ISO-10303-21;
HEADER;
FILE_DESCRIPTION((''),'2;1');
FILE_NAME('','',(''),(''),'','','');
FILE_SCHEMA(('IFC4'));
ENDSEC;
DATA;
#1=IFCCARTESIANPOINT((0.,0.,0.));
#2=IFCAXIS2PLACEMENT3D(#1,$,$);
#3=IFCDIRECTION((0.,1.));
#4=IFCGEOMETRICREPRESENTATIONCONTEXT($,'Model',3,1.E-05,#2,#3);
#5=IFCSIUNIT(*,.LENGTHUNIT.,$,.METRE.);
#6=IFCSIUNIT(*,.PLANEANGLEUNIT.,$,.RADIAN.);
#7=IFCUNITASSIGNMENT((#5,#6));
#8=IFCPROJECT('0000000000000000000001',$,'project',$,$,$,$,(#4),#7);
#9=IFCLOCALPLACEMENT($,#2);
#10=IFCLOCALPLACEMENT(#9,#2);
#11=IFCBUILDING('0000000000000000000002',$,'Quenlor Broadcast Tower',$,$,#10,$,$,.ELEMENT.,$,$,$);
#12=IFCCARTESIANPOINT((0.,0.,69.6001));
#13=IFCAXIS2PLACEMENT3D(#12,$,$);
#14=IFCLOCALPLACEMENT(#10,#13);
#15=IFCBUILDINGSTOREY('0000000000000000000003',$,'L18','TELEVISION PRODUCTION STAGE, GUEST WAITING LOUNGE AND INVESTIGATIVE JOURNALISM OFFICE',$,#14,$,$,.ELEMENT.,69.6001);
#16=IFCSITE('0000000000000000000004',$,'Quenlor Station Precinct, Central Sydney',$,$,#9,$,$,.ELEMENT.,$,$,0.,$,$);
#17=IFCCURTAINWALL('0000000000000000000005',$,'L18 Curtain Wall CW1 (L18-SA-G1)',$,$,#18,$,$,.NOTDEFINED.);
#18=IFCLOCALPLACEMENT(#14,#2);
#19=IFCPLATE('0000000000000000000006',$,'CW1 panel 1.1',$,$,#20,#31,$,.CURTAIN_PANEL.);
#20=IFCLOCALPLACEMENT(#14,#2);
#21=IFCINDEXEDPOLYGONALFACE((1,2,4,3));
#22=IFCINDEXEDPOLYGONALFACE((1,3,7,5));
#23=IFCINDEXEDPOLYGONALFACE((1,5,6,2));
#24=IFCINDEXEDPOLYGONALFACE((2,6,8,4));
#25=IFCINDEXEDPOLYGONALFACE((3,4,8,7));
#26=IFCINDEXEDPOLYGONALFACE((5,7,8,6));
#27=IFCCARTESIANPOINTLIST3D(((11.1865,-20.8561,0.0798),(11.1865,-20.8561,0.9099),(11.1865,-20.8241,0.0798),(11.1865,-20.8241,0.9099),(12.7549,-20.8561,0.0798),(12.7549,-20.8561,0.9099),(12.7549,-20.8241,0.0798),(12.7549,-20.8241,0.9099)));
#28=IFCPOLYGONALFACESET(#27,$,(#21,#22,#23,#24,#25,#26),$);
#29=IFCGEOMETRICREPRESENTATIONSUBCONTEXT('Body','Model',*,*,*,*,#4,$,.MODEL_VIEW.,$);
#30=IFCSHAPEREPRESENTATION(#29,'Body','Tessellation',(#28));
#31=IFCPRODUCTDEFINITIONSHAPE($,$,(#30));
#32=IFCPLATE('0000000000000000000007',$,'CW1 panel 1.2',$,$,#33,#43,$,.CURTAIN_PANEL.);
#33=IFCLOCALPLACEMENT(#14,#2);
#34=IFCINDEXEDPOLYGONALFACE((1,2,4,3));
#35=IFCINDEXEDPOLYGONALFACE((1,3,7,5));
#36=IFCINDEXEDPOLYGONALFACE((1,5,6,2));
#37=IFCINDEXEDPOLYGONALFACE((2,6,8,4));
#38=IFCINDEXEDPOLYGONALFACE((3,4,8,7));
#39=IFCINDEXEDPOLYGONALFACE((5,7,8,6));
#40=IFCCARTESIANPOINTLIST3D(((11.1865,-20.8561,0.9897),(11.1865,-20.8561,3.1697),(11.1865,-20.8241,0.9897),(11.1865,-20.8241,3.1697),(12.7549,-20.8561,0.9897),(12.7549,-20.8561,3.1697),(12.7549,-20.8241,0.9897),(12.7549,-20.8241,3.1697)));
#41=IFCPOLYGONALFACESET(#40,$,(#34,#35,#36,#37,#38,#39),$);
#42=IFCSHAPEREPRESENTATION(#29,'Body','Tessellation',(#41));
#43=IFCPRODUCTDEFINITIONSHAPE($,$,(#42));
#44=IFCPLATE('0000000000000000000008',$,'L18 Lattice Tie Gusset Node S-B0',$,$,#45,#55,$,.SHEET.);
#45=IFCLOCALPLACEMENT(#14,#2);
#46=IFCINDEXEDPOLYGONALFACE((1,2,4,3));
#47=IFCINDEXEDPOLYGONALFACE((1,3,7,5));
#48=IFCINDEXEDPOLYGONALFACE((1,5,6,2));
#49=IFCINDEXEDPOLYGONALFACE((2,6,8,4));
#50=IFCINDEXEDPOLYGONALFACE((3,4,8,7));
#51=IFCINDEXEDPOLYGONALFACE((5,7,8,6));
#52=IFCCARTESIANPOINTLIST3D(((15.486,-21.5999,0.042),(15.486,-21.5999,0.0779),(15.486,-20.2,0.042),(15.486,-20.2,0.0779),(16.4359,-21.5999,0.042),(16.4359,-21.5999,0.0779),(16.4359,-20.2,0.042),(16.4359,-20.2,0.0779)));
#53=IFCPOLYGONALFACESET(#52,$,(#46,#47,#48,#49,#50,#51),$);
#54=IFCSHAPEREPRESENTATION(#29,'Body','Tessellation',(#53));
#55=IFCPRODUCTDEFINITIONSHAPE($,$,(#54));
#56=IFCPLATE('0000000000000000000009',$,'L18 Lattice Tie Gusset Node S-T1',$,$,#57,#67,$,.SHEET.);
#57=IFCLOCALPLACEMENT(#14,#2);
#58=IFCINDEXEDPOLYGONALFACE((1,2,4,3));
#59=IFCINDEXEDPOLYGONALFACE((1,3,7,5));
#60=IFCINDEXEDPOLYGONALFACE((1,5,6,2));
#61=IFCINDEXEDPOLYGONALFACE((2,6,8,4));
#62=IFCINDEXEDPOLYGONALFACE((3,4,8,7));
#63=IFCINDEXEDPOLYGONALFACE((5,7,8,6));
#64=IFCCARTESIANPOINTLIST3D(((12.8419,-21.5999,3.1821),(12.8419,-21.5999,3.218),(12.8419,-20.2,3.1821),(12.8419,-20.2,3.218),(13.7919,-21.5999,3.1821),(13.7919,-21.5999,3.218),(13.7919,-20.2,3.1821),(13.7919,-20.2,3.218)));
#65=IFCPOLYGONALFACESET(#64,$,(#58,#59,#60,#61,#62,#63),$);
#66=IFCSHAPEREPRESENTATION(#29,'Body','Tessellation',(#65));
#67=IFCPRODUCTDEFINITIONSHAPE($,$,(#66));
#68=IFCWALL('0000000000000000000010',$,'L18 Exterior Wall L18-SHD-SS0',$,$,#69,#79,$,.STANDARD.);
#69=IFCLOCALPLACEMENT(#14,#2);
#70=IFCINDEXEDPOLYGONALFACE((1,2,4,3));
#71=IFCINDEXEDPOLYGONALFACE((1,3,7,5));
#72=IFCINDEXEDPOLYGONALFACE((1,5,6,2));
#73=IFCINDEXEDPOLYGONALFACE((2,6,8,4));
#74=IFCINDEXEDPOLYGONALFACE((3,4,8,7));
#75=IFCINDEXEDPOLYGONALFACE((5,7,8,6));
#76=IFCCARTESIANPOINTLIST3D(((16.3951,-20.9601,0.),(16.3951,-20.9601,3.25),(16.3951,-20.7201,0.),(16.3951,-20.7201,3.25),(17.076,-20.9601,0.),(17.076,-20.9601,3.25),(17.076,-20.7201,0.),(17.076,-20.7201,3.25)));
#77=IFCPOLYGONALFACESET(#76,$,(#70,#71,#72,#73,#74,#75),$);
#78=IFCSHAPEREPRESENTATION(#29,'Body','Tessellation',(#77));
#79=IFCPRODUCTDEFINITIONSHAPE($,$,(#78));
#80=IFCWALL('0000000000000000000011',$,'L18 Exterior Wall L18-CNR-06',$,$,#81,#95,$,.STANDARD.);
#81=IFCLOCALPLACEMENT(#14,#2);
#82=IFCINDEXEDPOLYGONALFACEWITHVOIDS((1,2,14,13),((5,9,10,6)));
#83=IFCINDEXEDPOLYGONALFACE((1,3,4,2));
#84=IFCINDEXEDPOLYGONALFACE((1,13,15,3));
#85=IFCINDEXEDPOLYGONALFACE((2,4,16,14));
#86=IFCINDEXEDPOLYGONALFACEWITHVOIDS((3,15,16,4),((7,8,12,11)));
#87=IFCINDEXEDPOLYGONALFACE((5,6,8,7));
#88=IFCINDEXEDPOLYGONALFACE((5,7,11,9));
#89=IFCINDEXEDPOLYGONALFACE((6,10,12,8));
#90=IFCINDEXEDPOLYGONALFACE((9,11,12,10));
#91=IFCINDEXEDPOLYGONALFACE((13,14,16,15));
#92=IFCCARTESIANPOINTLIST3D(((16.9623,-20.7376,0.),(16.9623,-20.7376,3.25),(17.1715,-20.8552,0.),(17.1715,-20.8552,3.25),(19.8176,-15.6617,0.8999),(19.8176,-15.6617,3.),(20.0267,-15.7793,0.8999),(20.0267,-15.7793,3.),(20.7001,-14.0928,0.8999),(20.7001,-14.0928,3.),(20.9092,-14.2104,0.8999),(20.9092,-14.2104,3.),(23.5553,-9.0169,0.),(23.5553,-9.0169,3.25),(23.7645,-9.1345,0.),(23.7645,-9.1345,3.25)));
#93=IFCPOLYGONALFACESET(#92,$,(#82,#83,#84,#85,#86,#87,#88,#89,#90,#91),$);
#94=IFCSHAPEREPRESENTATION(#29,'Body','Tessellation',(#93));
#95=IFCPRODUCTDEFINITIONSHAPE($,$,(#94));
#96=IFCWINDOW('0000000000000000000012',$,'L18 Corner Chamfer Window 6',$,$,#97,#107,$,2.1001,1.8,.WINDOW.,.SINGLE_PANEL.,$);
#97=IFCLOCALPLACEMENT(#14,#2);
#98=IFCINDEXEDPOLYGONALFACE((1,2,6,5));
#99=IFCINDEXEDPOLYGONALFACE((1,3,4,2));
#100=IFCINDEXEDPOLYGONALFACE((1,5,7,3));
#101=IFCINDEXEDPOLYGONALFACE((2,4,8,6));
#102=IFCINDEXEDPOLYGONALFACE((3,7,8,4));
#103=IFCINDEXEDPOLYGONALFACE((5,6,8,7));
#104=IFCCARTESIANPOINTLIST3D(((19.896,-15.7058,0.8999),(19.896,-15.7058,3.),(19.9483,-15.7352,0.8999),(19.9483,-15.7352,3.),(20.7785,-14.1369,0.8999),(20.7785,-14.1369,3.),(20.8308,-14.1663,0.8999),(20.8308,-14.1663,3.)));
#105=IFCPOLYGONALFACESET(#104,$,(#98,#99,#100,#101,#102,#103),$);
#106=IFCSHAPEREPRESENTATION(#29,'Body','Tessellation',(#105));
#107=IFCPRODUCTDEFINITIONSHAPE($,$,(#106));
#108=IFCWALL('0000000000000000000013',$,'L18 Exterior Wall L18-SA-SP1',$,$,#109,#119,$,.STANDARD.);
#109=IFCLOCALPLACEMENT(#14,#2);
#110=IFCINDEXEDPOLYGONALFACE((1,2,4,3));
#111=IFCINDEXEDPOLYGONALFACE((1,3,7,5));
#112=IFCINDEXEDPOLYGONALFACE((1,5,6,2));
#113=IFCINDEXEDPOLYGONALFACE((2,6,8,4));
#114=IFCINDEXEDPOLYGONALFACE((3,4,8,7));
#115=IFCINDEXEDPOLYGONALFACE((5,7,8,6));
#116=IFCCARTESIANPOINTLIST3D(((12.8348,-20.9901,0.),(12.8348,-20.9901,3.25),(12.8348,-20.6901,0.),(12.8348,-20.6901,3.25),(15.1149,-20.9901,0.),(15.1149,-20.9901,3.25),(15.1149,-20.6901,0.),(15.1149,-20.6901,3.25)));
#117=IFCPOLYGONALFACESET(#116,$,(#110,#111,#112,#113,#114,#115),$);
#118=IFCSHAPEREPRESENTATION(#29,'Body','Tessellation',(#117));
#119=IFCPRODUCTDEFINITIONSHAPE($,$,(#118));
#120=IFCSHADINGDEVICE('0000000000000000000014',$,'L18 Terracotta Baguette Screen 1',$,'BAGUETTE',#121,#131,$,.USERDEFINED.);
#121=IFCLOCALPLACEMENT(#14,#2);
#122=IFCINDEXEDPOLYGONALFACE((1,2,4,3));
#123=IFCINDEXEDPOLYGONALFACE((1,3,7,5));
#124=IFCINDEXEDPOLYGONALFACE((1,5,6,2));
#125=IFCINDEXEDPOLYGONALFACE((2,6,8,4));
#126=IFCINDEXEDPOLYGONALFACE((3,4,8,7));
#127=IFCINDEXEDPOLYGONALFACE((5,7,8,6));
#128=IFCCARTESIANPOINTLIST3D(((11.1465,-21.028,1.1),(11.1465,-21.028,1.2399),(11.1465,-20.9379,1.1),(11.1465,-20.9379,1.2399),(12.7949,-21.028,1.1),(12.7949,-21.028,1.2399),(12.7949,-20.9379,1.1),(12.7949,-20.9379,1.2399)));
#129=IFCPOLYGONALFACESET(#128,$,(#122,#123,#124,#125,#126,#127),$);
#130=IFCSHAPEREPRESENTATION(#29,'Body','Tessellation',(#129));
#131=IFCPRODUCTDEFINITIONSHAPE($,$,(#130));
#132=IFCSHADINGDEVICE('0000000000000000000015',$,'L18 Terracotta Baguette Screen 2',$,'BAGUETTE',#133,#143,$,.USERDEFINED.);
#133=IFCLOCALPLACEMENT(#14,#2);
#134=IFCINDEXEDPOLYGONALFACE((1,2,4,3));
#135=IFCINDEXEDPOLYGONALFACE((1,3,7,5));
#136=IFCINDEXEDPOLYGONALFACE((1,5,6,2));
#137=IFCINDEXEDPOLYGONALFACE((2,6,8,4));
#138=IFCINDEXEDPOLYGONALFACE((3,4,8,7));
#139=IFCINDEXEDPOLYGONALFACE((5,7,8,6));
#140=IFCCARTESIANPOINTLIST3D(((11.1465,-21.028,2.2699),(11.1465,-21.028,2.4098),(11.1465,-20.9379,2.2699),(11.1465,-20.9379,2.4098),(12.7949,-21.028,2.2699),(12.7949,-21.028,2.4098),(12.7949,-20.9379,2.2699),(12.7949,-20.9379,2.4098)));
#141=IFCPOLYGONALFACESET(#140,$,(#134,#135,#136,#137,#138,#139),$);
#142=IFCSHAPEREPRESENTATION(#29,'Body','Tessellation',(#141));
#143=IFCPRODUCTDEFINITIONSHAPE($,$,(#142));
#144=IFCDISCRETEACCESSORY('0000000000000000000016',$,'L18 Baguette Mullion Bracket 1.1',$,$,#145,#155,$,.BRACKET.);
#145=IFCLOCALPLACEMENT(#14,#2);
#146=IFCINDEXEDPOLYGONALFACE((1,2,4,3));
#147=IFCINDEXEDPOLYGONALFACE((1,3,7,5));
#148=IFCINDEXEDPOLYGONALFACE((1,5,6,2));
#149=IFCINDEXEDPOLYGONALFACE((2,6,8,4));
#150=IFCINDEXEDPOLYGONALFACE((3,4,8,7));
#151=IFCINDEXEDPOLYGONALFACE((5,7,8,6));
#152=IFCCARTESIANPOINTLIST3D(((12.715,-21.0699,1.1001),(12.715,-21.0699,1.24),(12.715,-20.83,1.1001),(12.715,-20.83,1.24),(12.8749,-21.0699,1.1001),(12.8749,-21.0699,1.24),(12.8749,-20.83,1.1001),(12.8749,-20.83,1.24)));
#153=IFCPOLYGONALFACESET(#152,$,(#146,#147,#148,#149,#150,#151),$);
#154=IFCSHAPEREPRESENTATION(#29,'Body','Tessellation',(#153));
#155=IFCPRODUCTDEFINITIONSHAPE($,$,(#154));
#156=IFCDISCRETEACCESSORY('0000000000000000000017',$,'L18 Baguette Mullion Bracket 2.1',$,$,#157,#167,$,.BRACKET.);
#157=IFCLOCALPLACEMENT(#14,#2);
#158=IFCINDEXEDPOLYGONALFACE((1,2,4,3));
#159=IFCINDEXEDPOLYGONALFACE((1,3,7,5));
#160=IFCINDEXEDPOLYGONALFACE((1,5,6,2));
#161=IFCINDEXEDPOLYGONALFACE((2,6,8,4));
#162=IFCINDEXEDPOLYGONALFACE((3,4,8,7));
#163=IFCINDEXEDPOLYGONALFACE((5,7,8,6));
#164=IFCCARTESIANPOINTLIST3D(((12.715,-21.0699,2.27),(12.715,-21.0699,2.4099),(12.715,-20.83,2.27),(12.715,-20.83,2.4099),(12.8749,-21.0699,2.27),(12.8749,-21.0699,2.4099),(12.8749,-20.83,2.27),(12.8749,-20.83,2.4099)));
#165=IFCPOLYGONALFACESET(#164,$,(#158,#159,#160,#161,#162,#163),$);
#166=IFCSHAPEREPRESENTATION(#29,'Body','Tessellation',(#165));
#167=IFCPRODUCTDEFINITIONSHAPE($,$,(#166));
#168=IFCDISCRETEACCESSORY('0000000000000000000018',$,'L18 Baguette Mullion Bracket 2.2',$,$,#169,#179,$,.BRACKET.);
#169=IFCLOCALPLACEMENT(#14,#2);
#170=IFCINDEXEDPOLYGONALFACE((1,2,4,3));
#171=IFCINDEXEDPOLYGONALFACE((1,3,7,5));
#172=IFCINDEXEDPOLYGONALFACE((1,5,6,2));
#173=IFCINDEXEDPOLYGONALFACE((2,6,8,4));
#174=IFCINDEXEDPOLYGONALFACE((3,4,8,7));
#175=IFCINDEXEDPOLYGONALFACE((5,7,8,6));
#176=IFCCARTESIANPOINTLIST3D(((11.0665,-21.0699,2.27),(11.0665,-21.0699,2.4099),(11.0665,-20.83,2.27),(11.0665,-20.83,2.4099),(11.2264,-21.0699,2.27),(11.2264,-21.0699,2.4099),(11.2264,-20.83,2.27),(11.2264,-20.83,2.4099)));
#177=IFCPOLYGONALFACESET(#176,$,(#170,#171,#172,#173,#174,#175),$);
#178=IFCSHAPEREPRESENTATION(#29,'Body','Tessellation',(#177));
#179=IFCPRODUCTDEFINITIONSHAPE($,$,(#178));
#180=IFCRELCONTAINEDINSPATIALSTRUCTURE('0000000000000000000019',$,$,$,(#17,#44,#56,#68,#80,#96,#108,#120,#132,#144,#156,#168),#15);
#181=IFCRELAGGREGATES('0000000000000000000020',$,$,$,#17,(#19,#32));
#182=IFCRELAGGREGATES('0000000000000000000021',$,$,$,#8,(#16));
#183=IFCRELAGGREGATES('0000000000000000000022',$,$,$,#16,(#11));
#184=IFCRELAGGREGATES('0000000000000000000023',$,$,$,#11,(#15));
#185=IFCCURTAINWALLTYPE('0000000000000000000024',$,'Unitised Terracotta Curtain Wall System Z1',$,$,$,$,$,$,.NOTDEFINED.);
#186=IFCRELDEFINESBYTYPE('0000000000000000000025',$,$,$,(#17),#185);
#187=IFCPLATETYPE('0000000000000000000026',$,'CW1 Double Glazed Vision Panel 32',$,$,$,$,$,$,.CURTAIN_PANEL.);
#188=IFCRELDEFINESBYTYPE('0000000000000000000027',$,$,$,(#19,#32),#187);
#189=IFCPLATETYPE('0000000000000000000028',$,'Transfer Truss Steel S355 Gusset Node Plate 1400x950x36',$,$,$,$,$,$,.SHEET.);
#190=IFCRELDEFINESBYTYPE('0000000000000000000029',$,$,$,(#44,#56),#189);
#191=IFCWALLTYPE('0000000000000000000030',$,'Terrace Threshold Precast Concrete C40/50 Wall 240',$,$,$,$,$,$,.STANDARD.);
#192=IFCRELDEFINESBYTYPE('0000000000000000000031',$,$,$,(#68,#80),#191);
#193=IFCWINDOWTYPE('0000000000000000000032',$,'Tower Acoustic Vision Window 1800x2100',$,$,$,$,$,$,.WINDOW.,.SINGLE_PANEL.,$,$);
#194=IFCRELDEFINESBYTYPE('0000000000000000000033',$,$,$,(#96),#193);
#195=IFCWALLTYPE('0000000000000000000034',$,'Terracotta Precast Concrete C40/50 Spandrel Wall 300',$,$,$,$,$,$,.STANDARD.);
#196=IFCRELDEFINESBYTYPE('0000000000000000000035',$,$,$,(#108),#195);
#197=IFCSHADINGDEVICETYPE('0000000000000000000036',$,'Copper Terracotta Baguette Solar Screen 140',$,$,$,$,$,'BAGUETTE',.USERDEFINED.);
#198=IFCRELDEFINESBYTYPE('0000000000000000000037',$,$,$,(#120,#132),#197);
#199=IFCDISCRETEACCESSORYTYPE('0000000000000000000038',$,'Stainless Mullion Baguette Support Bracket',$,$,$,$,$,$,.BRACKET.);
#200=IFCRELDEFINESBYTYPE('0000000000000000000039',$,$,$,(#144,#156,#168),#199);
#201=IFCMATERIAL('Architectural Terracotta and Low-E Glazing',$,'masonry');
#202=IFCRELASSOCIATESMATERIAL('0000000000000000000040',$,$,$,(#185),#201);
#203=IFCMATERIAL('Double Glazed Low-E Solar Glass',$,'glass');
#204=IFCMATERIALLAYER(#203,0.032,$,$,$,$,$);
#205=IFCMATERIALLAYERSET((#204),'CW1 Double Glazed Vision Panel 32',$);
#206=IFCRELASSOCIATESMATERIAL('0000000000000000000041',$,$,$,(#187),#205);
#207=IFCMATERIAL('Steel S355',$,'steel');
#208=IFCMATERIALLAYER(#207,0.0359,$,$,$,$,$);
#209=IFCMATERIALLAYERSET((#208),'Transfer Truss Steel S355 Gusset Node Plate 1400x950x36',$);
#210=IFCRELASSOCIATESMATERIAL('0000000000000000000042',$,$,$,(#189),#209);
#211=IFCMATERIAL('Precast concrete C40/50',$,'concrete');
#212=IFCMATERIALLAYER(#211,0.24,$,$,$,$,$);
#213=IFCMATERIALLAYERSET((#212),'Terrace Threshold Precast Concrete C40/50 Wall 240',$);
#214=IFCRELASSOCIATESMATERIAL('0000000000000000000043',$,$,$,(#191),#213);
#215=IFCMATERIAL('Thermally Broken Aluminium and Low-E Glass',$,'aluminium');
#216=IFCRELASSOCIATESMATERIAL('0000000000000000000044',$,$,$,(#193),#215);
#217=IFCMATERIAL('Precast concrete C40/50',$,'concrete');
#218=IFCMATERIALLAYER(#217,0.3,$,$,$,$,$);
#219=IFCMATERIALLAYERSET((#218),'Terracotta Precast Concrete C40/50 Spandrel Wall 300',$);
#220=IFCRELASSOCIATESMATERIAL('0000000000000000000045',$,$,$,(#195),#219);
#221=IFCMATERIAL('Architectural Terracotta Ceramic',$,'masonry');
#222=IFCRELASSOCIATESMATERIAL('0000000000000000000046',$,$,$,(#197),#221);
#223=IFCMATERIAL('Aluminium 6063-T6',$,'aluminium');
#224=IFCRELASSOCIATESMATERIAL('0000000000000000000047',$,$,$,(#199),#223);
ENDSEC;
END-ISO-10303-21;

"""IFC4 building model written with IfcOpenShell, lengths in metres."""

from ifc_helpers import new_model, si_unit, direction, frame, frame_2d, origin, origin_2d, place, context, subcontext, project, spatial, rectangle, extrude, material, layer, layer_set, material_profile, profile_set, type_object, element, fill, aggregate, save


model = new_model("IFC4")

# Units and contexts
model_context = context("Model", 3, precision=1e-05, world=origin(), true_north=direction((0.0, 1.0)))
body_context = subcontext(model_context, "Body", "Model", "MODEL_VIEW")
ifc_project = project(units=[si_unit("LENGTHUNIT", "METRE"), si_unit("PLANEANGLEUNIT", "RADIAN")], contexts=[model_context])

# Site, building, storey
site_placement = place(None, origin())
site = spatial("IfcSite", under=ifc_project, at=site_placement, Name="Quenlor Station Precinct, Central Sydney", CompositionType="ELEMENT", RefElevation=0.0)
building_placement = place(site_placement, origin())
building = spatial("IfcBuilding", under=site, at=building_placement, Name="Quenlor Broadcast Tower", CompositionType="ELEMENT")
storey_placement = place(building_placement, frame((0.0, 0.0, 69.6001)))
storey = spatial("IfcBuildingStorey", under=building, at=storey_placement, Name="L18", Description="TELEVISION PRODUCTION STAGE, GUEST WAITING LOUNGE AND INVESTIGATIVE JOURNALISM OFFICE", CompositionType="ELEMENT", Elevation=69.6001)

# Curtain wall
ifc_material_1 = material(Name="Architectural Terracotta and Low-E Glazing", Category="masonry")
curtain_wall_type = type_object("IfcCurtainWallType", Name="Unitised Terracotta Curtain Wall System Z1", PredefinedType="NOTDEFINED", material=ifc_material_1)
curtain_wall_placement = place(storey_placement, origin())
curtain_wall = element("IfcCurtainWall", 1, at=curtain_wall_placement, inside=storey, type_object=curtain_wall_type, Name="L18 Curtain Wall CW1 (L18-SA-G1)", PredefinedType="NOTDEFINED")

# Plates
ifc_material_2 = material(Name="Double Glazed Low-E Solar Glass", Category="glass")
ifc_layer_1 = layer(ifc_material_2, 0.032)
ifc_layer_set_1 = layer_set([ifc_layer_1], Name="CW1 Double Glazed Vision Panel 32")
plate_type_1 = type_object("IfcPlateType", Name="CW1 Double Glazed Vision Panel 32", PredefinedType="CURTAIN_PANEL", material=ifc_layer_set_1)
plate_1_placement = place(storey_placement, frame((11.9707, -20.8401, 0.0798), z_axis=(0.0, 0.0, 1.0), x_axis=(-1.0, 0.0, 0.0)))
plate_1 = element("IfcPlate", 2, at=plate_1_placement, type_object=plate_type_1, Name="CW1 panel 1.1", PredefinedType="CURTAIN_PANEL", context=body_context, shape_type="SweptSolid", body=[
    extrude(rectangle(XDim=1.5684, YDim=0.032, at=origin_2d()), origin(), (0.0, 0.0, 1.0), 0.8301),
])
plate_2_placement = place(storey_placement, frame((11.9707, -20.8401, 0.9897), z_axis=(0.0, 0.0, 1.0), x_axis=(-1.0, 0.0, 0.0)))
plate_2 = element("IfcPlate", 3, at=plate_2_placement, type_object=plate_type_1, Name="CW1 panel 1.2", PredefinedType="CURTAIN_PANEL", context=body_context, shape_type="SweptSolid", body=[
    extrude(rectangle(XDim=1.5684, YDim=0.032, at=origin_2d()), origin(), (0.0, 0.0, 1.0), 2.1799),
])
aggregate(curtain_wall, [plate_1, plate_2])

# Plates
ifc_material_3 = material(Name="Steel S355", Category="steel")
ifc_layer_2 = layer(ifc_material_3, 0.0359)
ifc_layer_set_2 = layer_set([ifc_layer_2], Name="Transfer Truss Steel S355 Gusset Node Plate 1400x950x36")
plate_type_2 = type_object("IfcPlateType", Name="Transfer Truss Steel S355 Gusset Node Plate 1400x950x36", PredefinedType="SHEET", material=ifc_layer_set_2)
for number, where, z_axis, x_axis, name in (
    (4, (15.9609, -20.8999, 0.042), (0.0, 0.0, 1.0), (0.0, -1.0, 0.0), "L18 Lattice Tie Gusset Node S-B0"),
    (5, (13.3169, -20.8999, 3.1821), (0.0, 0.0, 1.0), (0.0, -1.0, 0.0), "L18 Lattice Tie Gusset Node S-T1"),
):
    element("IfcPlate", number, at=place(storey_placement, frame(where, z_axis=z_axis, x_axis=x_axis)), inside=storey, type_object=plate_type_2, Name=name, PredefinedType="SHEET", context=body_context, shape_type="SweptSolid", body=[
        extrude(rectangle(XDim=1.3999, YDim=0.95, at=origin_2d()), origin(), (0.0, 0.0, 1.0), 0.0359),
    ])

# Wall
ifc_material_4 = material(Name="Precast concrete C40/50", Category="concrete")
ifc_layer_3 = layer(ifc_material_4, 0.24)
ifc_layer_set_3 = layer_set([ifc_layer_3], Name="Terrace Threshold Precast Concrete C40/50 Wall 240")
wall_type_1 = type_object("IfcWallType", Name="Terrace Threshold Precast Concrete C40/50 Wall 240", PredefinedType="STANDARD", material=ifc_layer_set_3)
wall_1_placement = place(storey_placement, frame((17.0759, -20.8401, 0.0), z_axis=(0.0, 0.0, 1.0), x_axis=(-1.0, 0.0, 0.0)))
element("IfcWall", 6, at=wall_1_placement, inside=storey, type_object=wall_type_1, Name="L18 Exterior Wall L18-SHD-SS0", PredefinedType="STANDARD", context=body_context, shape_type="SweptSolid", body=[
    extrude(rectangle(XDim=0.6809, YDim=0.24, at=frame_2d((0.3403, 0.0))), origin(), (0.0, 0.0, 1.0), 3.25),
])

# Wall, opening, window
wall_2_placement = place(storey_placement, frame((17.0669, -20.7964, 0.0), z_axis=(0.0, 0.0, 1.0), x_axis=(0.490268, 0.871572, 0.0)))
wall_2 = element("IfcWall", 7, at=wall_2_placement, inside=storey, type_object=wall_type_1, Name="L18 Exterior Wall L18-CNR-06", PredefinedType="STANDARD", context=body_context, shape_type="SweptSolid", body=[
    extrude(rectangle(XDim=13.4478, YDim=0.24, at=frame_2d((6.7239, 0.0))), origin(), (0.0, 0.0, 1.0), 3.25),
])
opening_placement = place(wall_2_placement, frame((5.824, 0.0, 0.8999)))
opening = element("IfcOpeningElement", 8, at=opening_placement, cuts=wall_2, PredefinedType="OPENING", context=body_context, shape_type="SweptSolid", body=[
    extrude(rectangle(XDim=1.8, YDim=2.1001, at=frame_2d((0.8999, 1.05))), frame((0.0, 0.1299, 0.0), z_axis=(0.0, -1.0, 0.0), x_axis=(1.0, 0.0, 0.0)), (0.0, 0.0, 1.0), 0.26),
])
ifc_material_5 = material(Name="Thermally Broken Aluminium and Low-E Glass", Category="aluminium")
window_type = type_object("IfcWindowType", Name="Tower Acoustic Vision Window 1800x2100", PartitioningType="SINGLE_PANEL", PredefinedType="WINDOW", material=ifc_material_5)
window_placement = place(opening_placement, origin())
window = element("IfcWindow", 9, at=window_placement, inside=storey, type_object=window_type, Name="L18 Corner Chamfer Window 6", OverallHeight=2.1001, OverallWidth=1.8, PartitioningType="SINGLE_PANEL", PredefinedType="WINDOW", context=body_context, shape_type="SweptSolid", body=[
    extrude(rectangle(XDim=1.8, YDim=2.1001, at=frame_2d((0.8999, 1.05))), frame((0.0, 0.03, 0.0), z_axis=(0.0, -1.0, 0.0), x_axis=(1.0, 0.0, 0.0)), (0.0, 0.0, 1.0), 0.0601),
])
fill(opening, window)

# Wall
ifc_material_6 = material(Name="Precast concrete C40/50", Category="concrete")
ifc_layer_4 = layer(ifc_material_6, 0.3)
ifc_layer_set_4 = layer_set([ifc_layer_4], Name="Terracotta Precast Concrete C40/50 Spandrel Wall 300")
wall_type_2 = type_object("IfcWallType", Name="Terracotta Precast Concrete C40/50 Spandrel Wall 300", PredefinedType="STANDARD", material=ifc_layer_set_4)
wall_3_placement = place(storey_placement, frame((15.115, -20.8401, 0.0), z_axis=(0.0, 0.0, 1.0), x_axis=(-1.0, 0.0, 0.0)))
element("IfcWall", 10, at=wall_3_placement, inside=storey, type_object=wall_type_2, Name="L18 Exterior Wall L18-SA-SP1", PredefinedType="STANDARD", context=body_context, shape_type="SweptSolid", body=[
    extrude(rectangle(XDim=2.28, YDim=0.3, at=frame_2d((1.1401, 0.0))), origin(), (0.0, 0.0, 1.0), 3.25),
])

# Shading devices
ifc_material_7 = material(Name="Architectural Terracotta Ceramic", Category="masonry")
ifc_material_profile_1 = material_profile(ifc_material_7, rectangle(XDim=0.0901, YDim=0.1399, at=origin_2d()))
ifc_profile_set_1 = profile_set([ifc_material_profile_1], Name="Architectural Terracotta Ceramic BAG90x140")
shading_device_type = type_object("IfcShadingDeviceType", Name="Copper Terracotta Baguette Solar Screen 140", ElementType="BAGUETTE", PredefinedType="USERDEFINED", material=ifc_profile_set_1)
for number, where, z_axis, x_axis, name in (
    (11, (12.7949, -20.9829, 1.1699), (-1.0, 0.0, 0.0), (0.0, -1.0, 0.0), "L18 Terracotta Baguette Screen 1"),
    (12, (12.7949, -20.9829, 2.3398), (-1.0, 0.0, 0.0), (0.0, -1.0, 0.0), "L18 Terracotta Baguette Screen 2"),
):
    element("IfcShadingDevice", number, at=place(storey_placement, frame(where, z_axis=z_axis, x_axis=x_axis)), inside=storey, type_object=shading_device_type, Name=name, ObjectType="BAGUETTE", PredefinedType="USERDEFINED", context=body_context, shape_type="SweptSolid", body=[
        extrude(rectangle(XDim=0.0901, YDim=0.1399, at=origin_2d()), origin(), (0.0, 0.0, 1.0), 1.6484),
    ])

# Discrete accessories
ifc_material_8 = material(Name="Aluminium 6063-T6", Category="aluminium")
discrete_accessory_type = type_object("IfcDiscreteAccessoryType", Name="Stainless Mullion Baguette Support Bracket", PredefinedType="BRACKET", material=ifc_material_8)
for number, where, z_axis, x_axis, name in (
    (13, (12.7949, -20.95, 1.1001), (0.0, 0.0, 1.0), (-1.0, 0.0, 0.0), "L18 Baguette Mullion Bracket 1.1"),
    (14, (12.7949, -20.95, 2.27), (0.0, 0.0, 1.0), (-1.0, 0.0, 0.0), "L18 Baguette Mullion Bracket 2.1"),
    (15, (11.1465, -20.95, 2.27), (0.0, 0.0, 1.0), (-1.0, 0.0, 0.0), "L18 Baguette Mullion Bracket 2.2"),
):
    element("IfcDiscreteAccessory", number, at=place(storey_placement, frame(where, z_axis=z_axis, x_axis=x_axis)), inside=storey, type_object=discrete_accessory_type, Name=name, PredefinedType="BRACKET", context=body_context, shape_type="SweptSolid", body=[
        extrude(rectangle(XDim=0.1599, YDim=0.24, at=origin_2d()), origin(), (0.0, 0.0, 1.0), 0.1399),
    ])

save(model, "model.ifc")
